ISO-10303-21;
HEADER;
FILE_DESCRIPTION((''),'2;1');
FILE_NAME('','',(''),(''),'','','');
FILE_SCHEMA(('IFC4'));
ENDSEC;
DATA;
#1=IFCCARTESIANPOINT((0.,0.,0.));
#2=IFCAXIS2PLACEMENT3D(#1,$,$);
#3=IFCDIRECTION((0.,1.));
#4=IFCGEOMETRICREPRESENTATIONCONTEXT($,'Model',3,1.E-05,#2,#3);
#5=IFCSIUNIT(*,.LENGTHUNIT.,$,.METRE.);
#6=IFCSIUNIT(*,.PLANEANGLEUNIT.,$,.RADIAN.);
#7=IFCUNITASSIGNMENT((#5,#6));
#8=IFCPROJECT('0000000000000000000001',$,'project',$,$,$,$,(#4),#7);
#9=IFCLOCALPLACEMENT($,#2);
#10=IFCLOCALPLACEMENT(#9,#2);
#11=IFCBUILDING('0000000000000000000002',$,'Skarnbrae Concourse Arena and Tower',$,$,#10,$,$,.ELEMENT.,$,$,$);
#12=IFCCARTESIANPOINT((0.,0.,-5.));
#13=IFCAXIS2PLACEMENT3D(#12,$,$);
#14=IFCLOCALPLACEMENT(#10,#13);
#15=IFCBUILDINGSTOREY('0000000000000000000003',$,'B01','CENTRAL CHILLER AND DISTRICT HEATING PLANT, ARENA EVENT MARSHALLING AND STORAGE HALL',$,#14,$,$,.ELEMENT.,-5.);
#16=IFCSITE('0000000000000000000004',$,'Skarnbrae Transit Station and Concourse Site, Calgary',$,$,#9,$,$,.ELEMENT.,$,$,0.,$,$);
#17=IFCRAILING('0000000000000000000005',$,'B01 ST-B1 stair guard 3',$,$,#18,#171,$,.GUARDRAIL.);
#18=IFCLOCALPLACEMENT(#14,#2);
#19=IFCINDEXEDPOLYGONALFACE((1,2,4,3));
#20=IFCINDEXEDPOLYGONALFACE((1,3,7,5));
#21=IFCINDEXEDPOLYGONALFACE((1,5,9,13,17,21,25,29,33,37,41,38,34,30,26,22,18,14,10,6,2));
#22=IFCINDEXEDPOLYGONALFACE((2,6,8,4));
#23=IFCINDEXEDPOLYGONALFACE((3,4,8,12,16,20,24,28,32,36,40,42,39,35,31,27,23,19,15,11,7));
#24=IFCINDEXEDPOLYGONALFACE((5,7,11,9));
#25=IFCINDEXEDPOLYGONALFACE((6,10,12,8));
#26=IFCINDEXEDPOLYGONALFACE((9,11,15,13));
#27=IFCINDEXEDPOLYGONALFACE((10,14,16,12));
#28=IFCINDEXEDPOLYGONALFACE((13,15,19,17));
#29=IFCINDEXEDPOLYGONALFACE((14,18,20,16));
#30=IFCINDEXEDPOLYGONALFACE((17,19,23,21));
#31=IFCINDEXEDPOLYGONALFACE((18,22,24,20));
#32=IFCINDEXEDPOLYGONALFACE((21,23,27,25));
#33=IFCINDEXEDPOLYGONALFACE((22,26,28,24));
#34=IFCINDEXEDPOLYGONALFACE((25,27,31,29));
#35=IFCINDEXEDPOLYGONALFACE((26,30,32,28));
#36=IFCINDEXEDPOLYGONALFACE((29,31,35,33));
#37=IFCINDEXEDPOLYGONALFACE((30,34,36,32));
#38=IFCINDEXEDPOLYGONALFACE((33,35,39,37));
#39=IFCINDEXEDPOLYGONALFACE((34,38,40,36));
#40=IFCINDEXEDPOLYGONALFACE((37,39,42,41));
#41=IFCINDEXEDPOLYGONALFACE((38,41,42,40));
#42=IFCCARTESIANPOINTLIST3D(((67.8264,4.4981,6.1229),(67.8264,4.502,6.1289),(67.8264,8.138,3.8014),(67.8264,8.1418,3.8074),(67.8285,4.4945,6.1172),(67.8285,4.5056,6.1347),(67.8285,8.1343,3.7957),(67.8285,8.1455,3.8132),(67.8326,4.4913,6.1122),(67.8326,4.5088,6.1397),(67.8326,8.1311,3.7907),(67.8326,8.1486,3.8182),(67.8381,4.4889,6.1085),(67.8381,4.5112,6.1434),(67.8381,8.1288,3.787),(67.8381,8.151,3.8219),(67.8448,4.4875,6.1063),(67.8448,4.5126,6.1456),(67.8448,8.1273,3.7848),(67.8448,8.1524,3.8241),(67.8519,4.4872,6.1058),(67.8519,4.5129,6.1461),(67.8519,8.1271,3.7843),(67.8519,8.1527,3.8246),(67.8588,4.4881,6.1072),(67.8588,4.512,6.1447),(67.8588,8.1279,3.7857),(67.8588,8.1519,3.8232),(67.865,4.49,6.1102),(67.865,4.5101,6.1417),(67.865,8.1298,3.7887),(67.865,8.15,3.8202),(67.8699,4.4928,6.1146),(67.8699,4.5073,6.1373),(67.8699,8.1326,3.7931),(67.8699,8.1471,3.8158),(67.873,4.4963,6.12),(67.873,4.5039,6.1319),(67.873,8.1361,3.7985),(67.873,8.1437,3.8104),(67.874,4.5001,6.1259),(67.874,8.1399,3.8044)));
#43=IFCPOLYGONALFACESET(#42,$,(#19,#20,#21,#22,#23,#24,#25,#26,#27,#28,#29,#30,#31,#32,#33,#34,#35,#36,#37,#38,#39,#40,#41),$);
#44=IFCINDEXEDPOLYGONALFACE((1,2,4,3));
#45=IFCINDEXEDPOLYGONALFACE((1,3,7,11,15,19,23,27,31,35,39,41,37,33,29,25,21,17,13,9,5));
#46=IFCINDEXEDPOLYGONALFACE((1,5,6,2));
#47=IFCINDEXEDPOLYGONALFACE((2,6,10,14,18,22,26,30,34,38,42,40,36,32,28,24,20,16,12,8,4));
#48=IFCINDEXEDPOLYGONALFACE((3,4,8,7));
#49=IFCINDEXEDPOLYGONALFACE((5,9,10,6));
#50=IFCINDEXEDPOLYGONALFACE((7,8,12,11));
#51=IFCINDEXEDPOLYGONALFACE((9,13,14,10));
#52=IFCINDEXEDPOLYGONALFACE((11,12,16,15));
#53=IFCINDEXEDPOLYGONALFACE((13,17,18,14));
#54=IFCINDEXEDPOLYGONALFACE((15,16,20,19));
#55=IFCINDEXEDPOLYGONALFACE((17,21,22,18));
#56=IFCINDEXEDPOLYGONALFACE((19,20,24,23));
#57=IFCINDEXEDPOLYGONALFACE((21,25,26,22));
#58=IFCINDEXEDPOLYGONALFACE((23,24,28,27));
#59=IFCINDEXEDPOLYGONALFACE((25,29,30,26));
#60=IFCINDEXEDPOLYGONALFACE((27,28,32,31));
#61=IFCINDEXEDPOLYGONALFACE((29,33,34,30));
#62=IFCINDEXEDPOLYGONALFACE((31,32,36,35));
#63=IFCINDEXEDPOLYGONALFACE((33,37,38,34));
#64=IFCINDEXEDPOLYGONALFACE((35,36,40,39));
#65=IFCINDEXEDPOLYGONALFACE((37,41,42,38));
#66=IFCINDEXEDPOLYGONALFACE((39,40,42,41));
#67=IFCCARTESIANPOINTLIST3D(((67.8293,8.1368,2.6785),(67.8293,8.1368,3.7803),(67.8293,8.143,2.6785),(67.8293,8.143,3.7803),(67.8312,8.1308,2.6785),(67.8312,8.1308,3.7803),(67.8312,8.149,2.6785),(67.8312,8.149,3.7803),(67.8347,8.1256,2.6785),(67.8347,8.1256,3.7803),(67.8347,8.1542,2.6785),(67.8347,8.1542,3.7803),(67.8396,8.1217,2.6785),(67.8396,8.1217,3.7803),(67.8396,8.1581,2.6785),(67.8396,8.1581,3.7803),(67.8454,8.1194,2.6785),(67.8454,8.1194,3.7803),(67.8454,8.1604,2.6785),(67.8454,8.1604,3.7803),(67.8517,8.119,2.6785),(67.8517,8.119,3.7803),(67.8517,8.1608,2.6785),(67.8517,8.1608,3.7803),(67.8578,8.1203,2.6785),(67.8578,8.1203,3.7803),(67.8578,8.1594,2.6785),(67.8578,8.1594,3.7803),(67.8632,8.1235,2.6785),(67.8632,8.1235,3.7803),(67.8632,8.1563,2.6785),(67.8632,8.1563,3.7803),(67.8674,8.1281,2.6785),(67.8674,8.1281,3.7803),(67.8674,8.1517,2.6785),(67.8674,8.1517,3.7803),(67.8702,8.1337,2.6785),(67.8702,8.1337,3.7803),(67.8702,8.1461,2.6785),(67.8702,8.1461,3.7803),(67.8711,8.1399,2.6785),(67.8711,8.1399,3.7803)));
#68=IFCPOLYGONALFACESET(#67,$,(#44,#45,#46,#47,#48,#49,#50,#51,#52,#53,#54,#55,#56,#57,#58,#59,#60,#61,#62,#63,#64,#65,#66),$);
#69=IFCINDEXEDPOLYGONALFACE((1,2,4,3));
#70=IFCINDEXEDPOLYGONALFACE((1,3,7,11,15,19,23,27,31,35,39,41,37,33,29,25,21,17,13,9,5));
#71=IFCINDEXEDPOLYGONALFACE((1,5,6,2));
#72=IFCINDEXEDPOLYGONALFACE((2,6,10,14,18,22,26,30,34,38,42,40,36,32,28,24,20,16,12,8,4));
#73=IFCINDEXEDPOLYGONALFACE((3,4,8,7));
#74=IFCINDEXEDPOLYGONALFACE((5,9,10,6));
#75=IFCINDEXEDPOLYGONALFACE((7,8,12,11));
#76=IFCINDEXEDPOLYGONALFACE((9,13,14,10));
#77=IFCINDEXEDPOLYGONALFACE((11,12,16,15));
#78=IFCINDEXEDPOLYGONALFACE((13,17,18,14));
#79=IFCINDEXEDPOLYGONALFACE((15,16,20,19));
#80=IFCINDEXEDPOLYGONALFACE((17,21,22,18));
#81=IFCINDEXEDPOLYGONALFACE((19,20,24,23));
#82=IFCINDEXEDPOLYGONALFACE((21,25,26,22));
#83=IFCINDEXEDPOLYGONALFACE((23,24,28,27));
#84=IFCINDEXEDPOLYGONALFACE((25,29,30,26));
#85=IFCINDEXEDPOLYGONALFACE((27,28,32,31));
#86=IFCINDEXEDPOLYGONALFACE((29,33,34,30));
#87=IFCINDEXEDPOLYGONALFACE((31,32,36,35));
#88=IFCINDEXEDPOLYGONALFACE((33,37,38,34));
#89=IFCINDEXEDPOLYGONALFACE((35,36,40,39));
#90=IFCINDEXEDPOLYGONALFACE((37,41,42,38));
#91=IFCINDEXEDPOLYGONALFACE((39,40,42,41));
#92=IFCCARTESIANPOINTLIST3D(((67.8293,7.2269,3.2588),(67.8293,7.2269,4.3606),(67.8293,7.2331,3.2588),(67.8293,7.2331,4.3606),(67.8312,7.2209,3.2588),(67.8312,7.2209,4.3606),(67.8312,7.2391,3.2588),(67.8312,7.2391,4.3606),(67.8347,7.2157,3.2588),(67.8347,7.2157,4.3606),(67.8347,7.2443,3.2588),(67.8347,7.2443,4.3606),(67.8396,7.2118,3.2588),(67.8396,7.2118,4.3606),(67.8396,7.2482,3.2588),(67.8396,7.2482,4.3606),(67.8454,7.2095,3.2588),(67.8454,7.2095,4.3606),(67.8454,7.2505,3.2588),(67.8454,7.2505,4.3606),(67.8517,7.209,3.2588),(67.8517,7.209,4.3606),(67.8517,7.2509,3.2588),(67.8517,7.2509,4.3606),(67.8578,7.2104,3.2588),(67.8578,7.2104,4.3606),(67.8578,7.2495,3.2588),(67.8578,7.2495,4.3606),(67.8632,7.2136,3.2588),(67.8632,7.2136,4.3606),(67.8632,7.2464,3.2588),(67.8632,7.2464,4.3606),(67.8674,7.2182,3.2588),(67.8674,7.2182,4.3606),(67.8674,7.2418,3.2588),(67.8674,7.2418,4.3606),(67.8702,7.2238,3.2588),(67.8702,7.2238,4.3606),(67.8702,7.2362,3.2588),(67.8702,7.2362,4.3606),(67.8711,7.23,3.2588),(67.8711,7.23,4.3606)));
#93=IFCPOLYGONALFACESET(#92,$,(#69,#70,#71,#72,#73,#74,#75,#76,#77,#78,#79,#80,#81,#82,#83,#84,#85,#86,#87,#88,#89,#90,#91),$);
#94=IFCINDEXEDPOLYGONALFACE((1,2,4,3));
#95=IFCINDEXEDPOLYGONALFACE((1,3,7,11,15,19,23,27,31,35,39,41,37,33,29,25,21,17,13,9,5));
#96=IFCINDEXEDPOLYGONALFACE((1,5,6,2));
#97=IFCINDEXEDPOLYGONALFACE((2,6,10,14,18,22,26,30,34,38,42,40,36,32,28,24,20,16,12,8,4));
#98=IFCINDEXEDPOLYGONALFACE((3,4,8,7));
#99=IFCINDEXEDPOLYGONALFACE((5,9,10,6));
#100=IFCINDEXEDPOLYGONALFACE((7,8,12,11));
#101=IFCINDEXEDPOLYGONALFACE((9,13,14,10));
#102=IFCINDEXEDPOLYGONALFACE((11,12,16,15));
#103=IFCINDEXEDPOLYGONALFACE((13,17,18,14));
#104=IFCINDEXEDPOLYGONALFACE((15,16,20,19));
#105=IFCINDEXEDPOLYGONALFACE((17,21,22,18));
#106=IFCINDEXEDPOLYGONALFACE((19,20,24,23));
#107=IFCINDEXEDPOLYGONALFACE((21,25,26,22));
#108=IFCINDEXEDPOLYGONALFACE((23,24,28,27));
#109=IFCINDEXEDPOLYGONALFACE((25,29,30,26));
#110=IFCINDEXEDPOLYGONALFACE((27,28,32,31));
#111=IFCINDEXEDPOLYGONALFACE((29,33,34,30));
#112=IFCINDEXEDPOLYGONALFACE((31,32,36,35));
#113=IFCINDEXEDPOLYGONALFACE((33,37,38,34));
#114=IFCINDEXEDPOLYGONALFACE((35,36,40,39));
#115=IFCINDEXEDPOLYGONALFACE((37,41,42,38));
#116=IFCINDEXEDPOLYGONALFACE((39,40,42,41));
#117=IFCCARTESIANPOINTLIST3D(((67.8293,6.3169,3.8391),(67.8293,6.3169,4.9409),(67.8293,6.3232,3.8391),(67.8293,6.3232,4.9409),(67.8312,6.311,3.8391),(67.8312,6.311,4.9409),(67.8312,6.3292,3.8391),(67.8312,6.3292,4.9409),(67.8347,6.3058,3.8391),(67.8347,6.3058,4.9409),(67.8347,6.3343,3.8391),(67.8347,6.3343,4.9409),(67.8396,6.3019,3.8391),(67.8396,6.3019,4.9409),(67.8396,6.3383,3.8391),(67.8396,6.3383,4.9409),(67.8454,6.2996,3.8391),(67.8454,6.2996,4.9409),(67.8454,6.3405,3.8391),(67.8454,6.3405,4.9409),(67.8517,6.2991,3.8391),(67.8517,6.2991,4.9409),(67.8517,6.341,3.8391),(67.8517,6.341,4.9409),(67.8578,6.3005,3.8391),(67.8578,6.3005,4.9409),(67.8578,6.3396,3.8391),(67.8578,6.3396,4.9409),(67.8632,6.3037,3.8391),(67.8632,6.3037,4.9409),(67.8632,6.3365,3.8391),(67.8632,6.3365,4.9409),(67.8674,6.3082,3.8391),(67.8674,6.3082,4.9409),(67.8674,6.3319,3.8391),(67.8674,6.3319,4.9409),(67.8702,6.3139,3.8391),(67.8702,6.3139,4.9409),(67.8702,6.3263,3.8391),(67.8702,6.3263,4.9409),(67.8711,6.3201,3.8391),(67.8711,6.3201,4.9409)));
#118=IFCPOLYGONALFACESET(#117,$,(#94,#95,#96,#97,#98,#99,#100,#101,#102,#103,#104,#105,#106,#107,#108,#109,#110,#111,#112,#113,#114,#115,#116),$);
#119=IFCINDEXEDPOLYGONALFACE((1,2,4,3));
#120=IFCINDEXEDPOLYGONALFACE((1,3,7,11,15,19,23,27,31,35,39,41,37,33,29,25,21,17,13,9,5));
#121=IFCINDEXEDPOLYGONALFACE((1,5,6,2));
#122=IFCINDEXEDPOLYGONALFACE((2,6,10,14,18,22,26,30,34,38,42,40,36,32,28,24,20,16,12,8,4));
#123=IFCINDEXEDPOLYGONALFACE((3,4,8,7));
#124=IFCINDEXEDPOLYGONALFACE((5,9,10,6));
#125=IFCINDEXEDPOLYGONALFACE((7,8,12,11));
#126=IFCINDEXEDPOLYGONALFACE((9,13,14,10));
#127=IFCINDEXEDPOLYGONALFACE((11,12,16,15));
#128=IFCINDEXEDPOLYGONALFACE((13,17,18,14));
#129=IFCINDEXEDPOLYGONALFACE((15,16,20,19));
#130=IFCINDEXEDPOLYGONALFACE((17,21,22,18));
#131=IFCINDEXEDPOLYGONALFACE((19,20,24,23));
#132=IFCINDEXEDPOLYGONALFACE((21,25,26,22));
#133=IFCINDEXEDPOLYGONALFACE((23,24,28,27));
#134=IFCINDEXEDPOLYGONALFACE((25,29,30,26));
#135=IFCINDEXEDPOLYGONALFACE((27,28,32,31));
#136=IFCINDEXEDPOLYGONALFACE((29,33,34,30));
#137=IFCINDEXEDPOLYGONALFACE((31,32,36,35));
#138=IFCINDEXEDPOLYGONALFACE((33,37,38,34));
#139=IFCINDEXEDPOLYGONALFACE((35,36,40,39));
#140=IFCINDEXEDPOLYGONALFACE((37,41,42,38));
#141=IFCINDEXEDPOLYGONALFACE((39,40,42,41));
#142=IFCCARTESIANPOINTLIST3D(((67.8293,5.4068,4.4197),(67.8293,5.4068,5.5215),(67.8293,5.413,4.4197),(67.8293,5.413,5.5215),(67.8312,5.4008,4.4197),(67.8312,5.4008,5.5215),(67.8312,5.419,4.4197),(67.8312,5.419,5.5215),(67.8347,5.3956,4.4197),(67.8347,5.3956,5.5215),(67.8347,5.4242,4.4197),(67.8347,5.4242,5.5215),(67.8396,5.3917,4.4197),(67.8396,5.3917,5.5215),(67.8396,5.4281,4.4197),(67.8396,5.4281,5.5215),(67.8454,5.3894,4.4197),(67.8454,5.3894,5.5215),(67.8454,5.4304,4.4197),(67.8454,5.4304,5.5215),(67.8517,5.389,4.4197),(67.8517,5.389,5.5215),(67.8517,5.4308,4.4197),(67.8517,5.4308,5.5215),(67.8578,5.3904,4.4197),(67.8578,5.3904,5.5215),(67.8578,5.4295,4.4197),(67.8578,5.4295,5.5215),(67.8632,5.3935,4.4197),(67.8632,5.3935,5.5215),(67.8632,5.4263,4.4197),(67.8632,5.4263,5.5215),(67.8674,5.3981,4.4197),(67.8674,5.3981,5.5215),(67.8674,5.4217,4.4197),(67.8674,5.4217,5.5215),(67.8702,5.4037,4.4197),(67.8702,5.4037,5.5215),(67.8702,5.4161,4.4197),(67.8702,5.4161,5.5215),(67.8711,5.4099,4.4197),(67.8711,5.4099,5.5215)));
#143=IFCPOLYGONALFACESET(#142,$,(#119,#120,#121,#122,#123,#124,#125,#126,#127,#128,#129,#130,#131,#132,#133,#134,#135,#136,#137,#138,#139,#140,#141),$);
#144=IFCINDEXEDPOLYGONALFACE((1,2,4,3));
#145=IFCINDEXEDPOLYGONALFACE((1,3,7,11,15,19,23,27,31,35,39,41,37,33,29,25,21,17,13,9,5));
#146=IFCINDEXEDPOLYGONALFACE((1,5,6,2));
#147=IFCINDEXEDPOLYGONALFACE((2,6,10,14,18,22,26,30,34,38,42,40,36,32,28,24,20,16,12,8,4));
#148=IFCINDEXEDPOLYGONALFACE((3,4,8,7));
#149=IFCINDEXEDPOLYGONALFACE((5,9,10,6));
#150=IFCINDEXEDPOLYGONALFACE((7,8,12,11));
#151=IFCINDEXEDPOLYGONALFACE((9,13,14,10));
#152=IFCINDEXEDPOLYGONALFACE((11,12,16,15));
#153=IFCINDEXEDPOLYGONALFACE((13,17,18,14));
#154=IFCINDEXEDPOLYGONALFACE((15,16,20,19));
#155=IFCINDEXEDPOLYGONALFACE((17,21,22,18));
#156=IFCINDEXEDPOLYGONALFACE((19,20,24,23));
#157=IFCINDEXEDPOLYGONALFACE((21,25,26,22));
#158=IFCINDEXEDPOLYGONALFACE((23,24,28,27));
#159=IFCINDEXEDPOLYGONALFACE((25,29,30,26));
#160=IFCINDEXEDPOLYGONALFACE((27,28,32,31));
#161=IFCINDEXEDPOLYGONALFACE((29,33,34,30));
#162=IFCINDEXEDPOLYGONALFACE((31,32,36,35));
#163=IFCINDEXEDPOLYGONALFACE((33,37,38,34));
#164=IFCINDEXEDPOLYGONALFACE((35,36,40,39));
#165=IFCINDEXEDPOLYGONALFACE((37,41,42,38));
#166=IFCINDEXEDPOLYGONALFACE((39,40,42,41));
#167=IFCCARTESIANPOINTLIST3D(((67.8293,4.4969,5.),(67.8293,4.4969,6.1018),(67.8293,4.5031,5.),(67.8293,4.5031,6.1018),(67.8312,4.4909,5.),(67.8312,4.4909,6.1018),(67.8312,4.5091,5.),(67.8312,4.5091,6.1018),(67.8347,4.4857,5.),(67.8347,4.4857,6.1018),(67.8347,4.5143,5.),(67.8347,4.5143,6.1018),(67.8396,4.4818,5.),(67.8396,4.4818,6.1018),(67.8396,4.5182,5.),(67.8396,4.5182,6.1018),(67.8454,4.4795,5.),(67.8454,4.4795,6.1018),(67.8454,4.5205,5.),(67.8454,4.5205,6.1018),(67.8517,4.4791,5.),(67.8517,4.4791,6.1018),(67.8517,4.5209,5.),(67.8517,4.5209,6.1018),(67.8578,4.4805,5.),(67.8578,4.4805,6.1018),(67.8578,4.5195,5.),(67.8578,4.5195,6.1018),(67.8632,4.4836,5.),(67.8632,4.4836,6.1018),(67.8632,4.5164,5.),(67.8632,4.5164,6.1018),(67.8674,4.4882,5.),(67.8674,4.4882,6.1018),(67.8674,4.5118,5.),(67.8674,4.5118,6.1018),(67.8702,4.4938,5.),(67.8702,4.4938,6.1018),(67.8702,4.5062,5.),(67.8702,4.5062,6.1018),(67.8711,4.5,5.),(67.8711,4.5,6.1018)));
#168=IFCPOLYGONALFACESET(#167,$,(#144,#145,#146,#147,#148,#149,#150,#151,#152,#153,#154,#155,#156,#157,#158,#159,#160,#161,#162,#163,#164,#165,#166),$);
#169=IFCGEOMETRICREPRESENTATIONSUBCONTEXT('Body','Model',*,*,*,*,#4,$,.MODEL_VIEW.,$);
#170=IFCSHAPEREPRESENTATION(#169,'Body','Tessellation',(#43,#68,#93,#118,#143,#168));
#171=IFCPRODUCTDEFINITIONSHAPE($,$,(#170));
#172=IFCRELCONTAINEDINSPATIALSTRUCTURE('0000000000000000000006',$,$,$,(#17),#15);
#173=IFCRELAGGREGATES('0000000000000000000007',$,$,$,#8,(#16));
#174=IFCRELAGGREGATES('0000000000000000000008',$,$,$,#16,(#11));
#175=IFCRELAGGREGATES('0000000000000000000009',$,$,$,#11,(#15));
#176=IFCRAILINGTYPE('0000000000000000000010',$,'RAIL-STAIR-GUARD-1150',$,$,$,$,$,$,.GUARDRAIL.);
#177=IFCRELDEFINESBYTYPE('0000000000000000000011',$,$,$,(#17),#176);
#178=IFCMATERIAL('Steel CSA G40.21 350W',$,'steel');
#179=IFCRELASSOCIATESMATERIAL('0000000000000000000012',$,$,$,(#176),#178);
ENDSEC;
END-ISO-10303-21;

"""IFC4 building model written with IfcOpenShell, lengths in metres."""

from ifc_helpers import new_model, si_unit, direction, frame, origin, origin_2d, place, context, subcontext, project, spatial, circle, extrude, material, type_object, element, save


model = new_model("IFC4")

# Units and contexts
model_context = context("Model", 3, precision=1e-05, world=origin(), true_north=direction((0.0, 1.0)))
body_context = subcontext(model_context, "Body", "Model", "MODEL_VIEW")
ifc_project = project(units=[si_unit("LENGTHUNIT", "METRE"), si_unit("PLANEANGLEUNIT", "RADIAN")], contexts=[model_context])

# Site, building, storey
site_placement = place(None, origin())
site = spatial("IfcSite", under=ifc_project, at=site_placement, Name="Skarnbrae Transit Station and Concourse Site, Calgary", CompositionType="ELEMENT", RefElevation=0.0)
building_placement = place(site_placement, origin())
building = spatial("IfcBuilding", under=site, at=building_placement, Name="Skarnbrae Concourse Arena and Tower", CompositionType="ELEMENT")
storey_placement = place(building_placement, frame((0.0, 0.0, -5.0)))
storey = spatial("IfcBuildingStorey", under=building, at=storey_placement, Name="B01", Description="CENTRAL CHILLER AND DISTRICT HEATING PLANT, ARENA EVENT MARSHALLING AND STORAGE HALL", CompositionType="ELEMENT", Elevation=-5.0)

# Shared definitions
ifc_material_1 = material(Name="Steel CSA G40.21 350W", Category="steel")

# Railing
railing_type_1 = type_object("IfcRailingType", Name="RAIL-STAIR-GUARD-1150", PredefinedType="GUARDRAIL", material=ifc_material_1)
railing_1_placement = place(storey_placement, frame((67.8501, 8.1399, 2.6785)))
element("IfcRailing", 1, at=railing_1_placement, inside=storey, type_object=railing_type_1, Name="B01 ST-B1 stair guard 3", PredefinedType="GUARDRAIL", context=body_context, shape_type="SweptSolid", body=[
    extrude(circle(Radius=0.0239, at=origin_2d()), frame((0.0, 0.0, 1.126), z_axis=(0.0, -0.843112, 0.537739), x_axis=(1.0, 0.0, 0.0)), (0.0, 0.0, 1.0), 4.3171),
    extrude(circle(Radius=0.021, at=origin_2d()), origin(), (0.0, 0.0, 1.0), 1.1018),
    extrude(circle(Radius=0.021, at=origin_2d()), frame((0.0, -0.9099, 0.5803)), (0.0, 0.0, 1.0), 1.1018),
    extrude(circle(Radius=0.021, at=origin_2d()), frame((0.0, -1.8198, 1.1606)), (0.0, 0.0, 1.0), 1.1018),
    extrude(circle(Radius=0.021, at=origin_2d()), frame((0.0, -2.73, 1.7412)), (0.0, 0.0, 1.0), 1.1018),
    extrude(circle(Radius=0.021, at=origin_2d()), frame((0.0, -3.6399, 2.3215)), (0.0, 0.0, 1.0), 1.1018),
])

save(model, "model.ifc")
